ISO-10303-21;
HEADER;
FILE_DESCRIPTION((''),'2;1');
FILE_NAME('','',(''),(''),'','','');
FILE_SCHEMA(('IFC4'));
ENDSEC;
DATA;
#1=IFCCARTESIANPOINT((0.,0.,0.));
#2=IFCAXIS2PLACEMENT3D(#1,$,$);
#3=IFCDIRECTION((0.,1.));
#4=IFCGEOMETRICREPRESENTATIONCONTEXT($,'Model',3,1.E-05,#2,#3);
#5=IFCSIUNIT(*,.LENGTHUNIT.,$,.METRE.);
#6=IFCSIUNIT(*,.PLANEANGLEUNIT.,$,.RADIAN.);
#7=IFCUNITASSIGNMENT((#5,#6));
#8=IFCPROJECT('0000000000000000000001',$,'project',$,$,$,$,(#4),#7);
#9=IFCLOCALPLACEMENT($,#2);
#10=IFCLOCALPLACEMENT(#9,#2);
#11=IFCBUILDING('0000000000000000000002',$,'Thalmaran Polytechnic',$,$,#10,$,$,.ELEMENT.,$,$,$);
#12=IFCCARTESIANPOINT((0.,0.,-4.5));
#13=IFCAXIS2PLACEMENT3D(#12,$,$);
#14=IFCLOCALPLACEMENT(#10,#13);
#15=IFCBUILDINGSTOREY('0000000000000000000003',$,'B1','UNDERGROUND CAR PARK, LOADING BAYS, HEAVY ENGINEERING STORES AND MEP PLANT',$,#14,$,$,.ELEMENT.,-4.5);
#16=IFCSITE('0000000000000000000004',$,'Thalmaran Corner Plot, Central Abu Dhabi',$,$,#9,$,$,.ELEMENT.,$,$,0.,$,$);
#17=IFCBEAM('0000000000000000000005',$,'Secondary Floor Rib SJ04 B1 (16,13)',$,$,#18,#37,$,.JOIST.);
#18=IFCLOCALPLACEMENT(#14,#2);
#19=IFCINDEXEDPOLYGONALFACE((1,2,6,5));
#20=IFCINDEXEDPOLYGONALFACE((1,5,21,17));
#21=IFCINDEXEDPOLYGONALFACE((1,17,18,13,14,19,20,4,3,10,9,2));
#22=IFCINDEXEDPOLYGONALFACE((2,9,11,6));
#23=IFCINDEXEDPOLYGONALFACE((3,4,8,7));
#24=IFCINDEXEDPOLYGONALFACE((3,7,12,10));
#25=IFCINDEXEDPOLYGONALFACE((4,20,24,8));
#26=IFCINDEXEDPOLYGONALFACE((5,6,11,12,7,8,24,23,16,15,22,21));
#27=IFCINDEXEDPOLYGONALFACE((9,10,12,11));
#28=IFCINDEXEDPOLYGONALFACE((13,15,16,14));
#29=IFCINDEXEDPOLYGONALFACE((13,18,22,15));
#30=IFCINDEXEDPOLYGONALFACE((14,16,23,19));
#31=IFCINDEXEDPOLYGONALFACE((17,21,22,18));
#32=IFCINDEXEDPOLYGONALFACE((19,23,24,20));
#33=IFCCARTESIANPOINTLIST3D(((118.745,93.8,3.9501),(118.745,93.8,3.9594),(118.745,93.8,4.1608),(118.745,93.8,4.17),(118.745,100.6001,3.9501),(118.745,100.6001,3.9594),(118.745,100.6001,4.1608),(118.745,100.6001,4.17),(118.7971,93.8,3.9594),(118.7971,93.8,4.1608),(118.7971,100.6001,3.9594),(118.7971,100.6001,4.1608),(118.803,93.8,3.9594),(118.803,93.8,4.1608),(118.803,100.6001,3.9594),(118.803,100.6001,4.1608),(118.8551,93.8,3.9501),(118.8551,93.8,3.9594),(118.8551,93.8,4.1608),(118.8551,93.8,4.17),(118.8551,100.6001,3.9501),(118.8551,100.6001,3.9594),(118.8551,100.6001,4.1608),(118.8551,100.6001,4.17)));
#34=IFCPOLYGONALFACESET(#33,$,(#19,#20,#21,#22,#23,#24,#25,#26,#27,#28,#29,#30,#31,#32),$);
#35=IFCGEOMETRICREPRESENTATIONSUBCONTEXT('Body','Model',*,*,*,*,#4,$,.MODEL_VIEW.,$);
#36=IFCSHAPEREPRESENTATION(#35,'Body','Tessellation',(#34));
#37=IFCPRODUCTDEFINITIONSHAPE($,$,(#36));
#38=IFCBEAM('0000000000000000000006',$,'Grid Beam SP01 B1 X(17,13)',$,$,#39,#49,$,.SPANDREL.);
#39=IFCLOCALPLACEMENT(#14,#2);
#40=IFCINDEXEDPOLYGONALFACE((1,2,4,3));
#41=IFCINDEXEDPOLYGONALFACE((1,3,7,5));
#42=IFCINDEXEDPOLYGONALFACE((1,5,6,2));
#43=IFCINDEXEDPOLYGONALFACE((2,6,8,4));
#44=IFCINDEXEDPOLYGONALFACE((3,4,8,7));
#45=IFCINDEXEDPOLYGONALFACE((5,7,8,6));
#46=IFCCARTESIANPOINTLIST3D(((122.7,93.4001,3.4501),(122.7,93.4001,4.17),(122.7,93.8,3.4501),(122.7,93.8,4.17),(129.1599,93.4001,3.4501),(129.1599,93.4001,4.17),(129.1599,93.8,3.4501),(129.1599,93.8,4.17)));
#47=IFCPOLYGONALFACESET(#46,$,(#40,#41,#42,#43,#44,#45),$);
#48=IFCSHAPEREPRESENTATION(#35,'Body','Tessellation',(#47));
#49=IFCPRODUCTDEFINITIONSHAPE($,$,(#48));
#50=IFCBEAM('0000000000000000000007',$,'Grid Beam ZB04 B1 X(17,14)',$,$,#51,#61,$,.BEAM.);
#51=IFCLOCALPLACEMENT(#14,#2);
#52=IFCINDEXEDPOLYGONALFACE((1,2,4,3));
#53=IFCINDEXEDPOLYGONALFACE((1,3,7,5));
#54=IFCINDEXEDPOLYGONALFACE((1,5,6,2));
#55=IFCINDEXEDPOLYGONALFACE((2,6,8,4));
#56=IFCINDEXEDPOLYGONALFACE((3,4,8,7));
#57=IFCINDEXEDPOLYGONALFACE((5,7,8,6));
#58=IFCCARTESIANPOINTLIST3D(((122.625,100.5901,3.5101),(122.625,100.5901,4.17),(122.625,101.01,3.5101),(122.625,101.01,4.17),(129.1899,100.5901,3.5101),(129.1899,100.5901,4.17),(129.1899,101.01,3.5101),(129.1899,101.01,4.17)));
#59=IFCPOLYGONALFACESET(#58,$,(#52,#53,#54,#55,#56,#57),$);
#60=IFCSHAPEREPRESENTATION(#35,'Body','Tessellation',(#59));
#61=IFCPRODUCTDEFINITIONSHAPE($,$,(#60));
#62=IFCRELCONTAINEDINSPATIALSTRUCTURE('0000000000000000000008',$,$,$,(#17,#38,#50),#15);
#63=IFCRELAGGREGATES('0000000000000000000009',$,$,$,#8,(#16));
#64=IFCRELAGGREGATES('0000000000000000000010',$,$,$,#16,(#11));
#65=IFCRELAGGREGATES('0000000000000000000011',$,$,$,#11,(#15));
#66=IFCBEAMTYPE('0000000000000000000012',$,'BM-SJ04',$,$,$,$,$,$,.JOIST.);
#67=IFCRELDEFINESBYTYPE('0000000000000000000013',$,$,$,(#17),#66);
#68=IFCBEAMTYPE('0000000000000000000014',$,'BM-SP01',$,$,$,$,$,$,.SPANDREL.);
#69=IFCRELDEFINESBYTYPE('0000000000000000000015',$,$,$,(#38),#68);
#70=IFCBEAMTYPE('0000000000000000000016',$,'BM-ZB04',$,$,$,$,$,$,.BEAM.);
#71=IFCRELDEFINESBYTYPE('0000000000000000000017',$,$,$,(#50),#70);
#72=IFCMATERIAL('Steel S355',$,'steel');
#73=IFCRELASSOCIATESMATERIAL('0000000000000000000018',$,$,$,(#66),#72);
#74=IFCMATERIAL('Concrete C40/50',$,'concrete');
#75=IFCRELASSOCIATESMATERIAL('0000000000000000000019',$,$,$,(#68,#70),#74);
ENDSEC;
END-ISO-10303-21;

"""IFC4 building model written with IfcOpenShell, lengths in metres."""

from ifc_helpers import new_model, si_unit, direction, frame, origin, origin_2d, place, context, subcontext, project, spatial, rectangle, i_section, extrude, material, material_profile, profile_set, type_object, element, save


model = new_model("IFC4")

# Units and contexts
model_context = context("Model", 3, precision=1e-05, world=origin(), true_north=direction((0.0, 1.0)))
body_context = subcontext(model_context, "Body", "Model", "MODEL_VIEW")
ifc_project = project(units=[si_unit("LENGTHUNIT", "METRE"), si_unit("PLANEANGLEUNIT", "RADIAN")], contexts=[model_context])

# Site, building, storey
site_placement = place(None, origin())
site = spatial("IfcSite", under=ifc_project, at=site_placement, Name="Thalmaran Corner Plot, Central Abu Dhabi", CompositionType="ELEMENT", RefElevation=0.0)
building_placement = place(site_placement, origin())
building = spatial("IfcBuilding", under=site, at=building_placement, Name="Thalmaran Polytechnic", CompositionType="ELEMENT")
storey_placement = place(building_placement, frame((0.0, 0.0, -4.5)))
storey = spatial("IfcBuildingStorey", under=building, at=storey_placement, Name="B1", Description="UNDERGROUND CAR PARK, LOADING BAYS, HEAVY ENGINEERING STORES AND MEP PLANT", CompositionType="ELEMENT", Elevation=-4.5)

# Shared definitions
ifc_material_1 = material(Name="Concrete C40/50", Category="concrete")

# Beams
ifc_material_2 = material(Name="Steel S355", Category="steel")
ifc_material_profile_1 = material_profile(ifc_material_2, i_section(OverallWidth=0.1101, OverallDepth=0.22, WebThickness=0.0059, FlangeThickness=0.0093, at=origin_2d()), Name="IPE 220")
ifc_profile_set_1 = profile_set([ifc_material_profile_1], Name="Steel S355")
beam_type_1 = type_object("IfcBeamType", Name="BM-SJ04", PredefinedType="JOIST", material=ifc_profile_set_1)
beam_1_placement = place(storey_placement, frame((118.8, 93.8, 4.0601), z_axis=(0.0, 1.0, 0.0), x_axis=(-1.0, 0.0, 0.0)))
element("IfcBeam", 1, at=beam_1_placement, inside=storey, type_object=beam_type_1, Name="Secondary Floor Rib SJ04 B1 (16,13)", PredefinedType="JOIST", context=body_context, shape_type="SweptSolid", body=[
    extrude(i_section(OverallWidth=0.1101, OverallDepth=0.22, WebThickness=0.0059, FlangeThickness=0.0093, at=origin_2d()), origin(), (0.0, 0.0, 1.0), 6.8),
])
ifc_material_profile_2 = material_profile(ifc_material_1, rectangle(XDim=0.3999, YDim=0.72, at=origin_2d()), Name="RC 400x720")
ifc_profile_set_2 = profile_set([ifc_material_profile_2], Name="Concrete C40/50")
beam_type_2 = type_object("IfcBeamType", Name="BM-SP01", PredefinedType="SPANDREL", material=ifc_profile_set_2)
beam_2_placement = place(storey_placement, frame((122.7, 93.6001, 3.8101), z_axis=(1.0, 0.0, 0.0), x_axis=(0.0, 1.0, 0.0)))
element("IfcBeam", 2, at=beam_2_placement, inside=storey, type_object=beam_type_2, Name="Grid Beam SP01 B1 X(17,13)", PredefinedType="SPANDREL", context=body_context, shape_type="SweptSolid", body=[
    extrude(rectangle(XDim=0.3999, YDim=0.72, at=origin_2d()), origin(), (0.0, 0.0, 1.0), 6.46),
])
ifc_material_profile_3 = material_profile(ifc_material_1, rectangle(XDim=0.4199, YDim=0.6599, at=origin_2d()), Name="RC 420x660")
ifc_profile_set_3 = profile_set([ifc_material_profile_3], Name="Concrete C40/50")
beam_type_3 = type_object("IfcBeamType", Name="BM-ZB04", PredefinedType="BEAM", material=ifc_profile_set_3)
beam_3_placement = place(storey_placement, frame((122.625, 100.8, 3.8401), z_axis=(1.0, 0.0, 0.0), x_axis=(0.0, 1.0, 0.0)))
element("IfcBeam", 3, at=beam_3_placement, inside=storey, type_object=beam_type_3, Name="Grid Beam ZB04 B1 X(17,14)", PredefinedType="BEAM", context=body_context, shape_type="SweptSolid", body=[
    extrude(rectangle(XDim=0.4199, YDim=0.6599, at=origin_2d()), origin(), (0.0, 0.0, 1.0), 6.5649),
])

save(model, "model.ifc")
